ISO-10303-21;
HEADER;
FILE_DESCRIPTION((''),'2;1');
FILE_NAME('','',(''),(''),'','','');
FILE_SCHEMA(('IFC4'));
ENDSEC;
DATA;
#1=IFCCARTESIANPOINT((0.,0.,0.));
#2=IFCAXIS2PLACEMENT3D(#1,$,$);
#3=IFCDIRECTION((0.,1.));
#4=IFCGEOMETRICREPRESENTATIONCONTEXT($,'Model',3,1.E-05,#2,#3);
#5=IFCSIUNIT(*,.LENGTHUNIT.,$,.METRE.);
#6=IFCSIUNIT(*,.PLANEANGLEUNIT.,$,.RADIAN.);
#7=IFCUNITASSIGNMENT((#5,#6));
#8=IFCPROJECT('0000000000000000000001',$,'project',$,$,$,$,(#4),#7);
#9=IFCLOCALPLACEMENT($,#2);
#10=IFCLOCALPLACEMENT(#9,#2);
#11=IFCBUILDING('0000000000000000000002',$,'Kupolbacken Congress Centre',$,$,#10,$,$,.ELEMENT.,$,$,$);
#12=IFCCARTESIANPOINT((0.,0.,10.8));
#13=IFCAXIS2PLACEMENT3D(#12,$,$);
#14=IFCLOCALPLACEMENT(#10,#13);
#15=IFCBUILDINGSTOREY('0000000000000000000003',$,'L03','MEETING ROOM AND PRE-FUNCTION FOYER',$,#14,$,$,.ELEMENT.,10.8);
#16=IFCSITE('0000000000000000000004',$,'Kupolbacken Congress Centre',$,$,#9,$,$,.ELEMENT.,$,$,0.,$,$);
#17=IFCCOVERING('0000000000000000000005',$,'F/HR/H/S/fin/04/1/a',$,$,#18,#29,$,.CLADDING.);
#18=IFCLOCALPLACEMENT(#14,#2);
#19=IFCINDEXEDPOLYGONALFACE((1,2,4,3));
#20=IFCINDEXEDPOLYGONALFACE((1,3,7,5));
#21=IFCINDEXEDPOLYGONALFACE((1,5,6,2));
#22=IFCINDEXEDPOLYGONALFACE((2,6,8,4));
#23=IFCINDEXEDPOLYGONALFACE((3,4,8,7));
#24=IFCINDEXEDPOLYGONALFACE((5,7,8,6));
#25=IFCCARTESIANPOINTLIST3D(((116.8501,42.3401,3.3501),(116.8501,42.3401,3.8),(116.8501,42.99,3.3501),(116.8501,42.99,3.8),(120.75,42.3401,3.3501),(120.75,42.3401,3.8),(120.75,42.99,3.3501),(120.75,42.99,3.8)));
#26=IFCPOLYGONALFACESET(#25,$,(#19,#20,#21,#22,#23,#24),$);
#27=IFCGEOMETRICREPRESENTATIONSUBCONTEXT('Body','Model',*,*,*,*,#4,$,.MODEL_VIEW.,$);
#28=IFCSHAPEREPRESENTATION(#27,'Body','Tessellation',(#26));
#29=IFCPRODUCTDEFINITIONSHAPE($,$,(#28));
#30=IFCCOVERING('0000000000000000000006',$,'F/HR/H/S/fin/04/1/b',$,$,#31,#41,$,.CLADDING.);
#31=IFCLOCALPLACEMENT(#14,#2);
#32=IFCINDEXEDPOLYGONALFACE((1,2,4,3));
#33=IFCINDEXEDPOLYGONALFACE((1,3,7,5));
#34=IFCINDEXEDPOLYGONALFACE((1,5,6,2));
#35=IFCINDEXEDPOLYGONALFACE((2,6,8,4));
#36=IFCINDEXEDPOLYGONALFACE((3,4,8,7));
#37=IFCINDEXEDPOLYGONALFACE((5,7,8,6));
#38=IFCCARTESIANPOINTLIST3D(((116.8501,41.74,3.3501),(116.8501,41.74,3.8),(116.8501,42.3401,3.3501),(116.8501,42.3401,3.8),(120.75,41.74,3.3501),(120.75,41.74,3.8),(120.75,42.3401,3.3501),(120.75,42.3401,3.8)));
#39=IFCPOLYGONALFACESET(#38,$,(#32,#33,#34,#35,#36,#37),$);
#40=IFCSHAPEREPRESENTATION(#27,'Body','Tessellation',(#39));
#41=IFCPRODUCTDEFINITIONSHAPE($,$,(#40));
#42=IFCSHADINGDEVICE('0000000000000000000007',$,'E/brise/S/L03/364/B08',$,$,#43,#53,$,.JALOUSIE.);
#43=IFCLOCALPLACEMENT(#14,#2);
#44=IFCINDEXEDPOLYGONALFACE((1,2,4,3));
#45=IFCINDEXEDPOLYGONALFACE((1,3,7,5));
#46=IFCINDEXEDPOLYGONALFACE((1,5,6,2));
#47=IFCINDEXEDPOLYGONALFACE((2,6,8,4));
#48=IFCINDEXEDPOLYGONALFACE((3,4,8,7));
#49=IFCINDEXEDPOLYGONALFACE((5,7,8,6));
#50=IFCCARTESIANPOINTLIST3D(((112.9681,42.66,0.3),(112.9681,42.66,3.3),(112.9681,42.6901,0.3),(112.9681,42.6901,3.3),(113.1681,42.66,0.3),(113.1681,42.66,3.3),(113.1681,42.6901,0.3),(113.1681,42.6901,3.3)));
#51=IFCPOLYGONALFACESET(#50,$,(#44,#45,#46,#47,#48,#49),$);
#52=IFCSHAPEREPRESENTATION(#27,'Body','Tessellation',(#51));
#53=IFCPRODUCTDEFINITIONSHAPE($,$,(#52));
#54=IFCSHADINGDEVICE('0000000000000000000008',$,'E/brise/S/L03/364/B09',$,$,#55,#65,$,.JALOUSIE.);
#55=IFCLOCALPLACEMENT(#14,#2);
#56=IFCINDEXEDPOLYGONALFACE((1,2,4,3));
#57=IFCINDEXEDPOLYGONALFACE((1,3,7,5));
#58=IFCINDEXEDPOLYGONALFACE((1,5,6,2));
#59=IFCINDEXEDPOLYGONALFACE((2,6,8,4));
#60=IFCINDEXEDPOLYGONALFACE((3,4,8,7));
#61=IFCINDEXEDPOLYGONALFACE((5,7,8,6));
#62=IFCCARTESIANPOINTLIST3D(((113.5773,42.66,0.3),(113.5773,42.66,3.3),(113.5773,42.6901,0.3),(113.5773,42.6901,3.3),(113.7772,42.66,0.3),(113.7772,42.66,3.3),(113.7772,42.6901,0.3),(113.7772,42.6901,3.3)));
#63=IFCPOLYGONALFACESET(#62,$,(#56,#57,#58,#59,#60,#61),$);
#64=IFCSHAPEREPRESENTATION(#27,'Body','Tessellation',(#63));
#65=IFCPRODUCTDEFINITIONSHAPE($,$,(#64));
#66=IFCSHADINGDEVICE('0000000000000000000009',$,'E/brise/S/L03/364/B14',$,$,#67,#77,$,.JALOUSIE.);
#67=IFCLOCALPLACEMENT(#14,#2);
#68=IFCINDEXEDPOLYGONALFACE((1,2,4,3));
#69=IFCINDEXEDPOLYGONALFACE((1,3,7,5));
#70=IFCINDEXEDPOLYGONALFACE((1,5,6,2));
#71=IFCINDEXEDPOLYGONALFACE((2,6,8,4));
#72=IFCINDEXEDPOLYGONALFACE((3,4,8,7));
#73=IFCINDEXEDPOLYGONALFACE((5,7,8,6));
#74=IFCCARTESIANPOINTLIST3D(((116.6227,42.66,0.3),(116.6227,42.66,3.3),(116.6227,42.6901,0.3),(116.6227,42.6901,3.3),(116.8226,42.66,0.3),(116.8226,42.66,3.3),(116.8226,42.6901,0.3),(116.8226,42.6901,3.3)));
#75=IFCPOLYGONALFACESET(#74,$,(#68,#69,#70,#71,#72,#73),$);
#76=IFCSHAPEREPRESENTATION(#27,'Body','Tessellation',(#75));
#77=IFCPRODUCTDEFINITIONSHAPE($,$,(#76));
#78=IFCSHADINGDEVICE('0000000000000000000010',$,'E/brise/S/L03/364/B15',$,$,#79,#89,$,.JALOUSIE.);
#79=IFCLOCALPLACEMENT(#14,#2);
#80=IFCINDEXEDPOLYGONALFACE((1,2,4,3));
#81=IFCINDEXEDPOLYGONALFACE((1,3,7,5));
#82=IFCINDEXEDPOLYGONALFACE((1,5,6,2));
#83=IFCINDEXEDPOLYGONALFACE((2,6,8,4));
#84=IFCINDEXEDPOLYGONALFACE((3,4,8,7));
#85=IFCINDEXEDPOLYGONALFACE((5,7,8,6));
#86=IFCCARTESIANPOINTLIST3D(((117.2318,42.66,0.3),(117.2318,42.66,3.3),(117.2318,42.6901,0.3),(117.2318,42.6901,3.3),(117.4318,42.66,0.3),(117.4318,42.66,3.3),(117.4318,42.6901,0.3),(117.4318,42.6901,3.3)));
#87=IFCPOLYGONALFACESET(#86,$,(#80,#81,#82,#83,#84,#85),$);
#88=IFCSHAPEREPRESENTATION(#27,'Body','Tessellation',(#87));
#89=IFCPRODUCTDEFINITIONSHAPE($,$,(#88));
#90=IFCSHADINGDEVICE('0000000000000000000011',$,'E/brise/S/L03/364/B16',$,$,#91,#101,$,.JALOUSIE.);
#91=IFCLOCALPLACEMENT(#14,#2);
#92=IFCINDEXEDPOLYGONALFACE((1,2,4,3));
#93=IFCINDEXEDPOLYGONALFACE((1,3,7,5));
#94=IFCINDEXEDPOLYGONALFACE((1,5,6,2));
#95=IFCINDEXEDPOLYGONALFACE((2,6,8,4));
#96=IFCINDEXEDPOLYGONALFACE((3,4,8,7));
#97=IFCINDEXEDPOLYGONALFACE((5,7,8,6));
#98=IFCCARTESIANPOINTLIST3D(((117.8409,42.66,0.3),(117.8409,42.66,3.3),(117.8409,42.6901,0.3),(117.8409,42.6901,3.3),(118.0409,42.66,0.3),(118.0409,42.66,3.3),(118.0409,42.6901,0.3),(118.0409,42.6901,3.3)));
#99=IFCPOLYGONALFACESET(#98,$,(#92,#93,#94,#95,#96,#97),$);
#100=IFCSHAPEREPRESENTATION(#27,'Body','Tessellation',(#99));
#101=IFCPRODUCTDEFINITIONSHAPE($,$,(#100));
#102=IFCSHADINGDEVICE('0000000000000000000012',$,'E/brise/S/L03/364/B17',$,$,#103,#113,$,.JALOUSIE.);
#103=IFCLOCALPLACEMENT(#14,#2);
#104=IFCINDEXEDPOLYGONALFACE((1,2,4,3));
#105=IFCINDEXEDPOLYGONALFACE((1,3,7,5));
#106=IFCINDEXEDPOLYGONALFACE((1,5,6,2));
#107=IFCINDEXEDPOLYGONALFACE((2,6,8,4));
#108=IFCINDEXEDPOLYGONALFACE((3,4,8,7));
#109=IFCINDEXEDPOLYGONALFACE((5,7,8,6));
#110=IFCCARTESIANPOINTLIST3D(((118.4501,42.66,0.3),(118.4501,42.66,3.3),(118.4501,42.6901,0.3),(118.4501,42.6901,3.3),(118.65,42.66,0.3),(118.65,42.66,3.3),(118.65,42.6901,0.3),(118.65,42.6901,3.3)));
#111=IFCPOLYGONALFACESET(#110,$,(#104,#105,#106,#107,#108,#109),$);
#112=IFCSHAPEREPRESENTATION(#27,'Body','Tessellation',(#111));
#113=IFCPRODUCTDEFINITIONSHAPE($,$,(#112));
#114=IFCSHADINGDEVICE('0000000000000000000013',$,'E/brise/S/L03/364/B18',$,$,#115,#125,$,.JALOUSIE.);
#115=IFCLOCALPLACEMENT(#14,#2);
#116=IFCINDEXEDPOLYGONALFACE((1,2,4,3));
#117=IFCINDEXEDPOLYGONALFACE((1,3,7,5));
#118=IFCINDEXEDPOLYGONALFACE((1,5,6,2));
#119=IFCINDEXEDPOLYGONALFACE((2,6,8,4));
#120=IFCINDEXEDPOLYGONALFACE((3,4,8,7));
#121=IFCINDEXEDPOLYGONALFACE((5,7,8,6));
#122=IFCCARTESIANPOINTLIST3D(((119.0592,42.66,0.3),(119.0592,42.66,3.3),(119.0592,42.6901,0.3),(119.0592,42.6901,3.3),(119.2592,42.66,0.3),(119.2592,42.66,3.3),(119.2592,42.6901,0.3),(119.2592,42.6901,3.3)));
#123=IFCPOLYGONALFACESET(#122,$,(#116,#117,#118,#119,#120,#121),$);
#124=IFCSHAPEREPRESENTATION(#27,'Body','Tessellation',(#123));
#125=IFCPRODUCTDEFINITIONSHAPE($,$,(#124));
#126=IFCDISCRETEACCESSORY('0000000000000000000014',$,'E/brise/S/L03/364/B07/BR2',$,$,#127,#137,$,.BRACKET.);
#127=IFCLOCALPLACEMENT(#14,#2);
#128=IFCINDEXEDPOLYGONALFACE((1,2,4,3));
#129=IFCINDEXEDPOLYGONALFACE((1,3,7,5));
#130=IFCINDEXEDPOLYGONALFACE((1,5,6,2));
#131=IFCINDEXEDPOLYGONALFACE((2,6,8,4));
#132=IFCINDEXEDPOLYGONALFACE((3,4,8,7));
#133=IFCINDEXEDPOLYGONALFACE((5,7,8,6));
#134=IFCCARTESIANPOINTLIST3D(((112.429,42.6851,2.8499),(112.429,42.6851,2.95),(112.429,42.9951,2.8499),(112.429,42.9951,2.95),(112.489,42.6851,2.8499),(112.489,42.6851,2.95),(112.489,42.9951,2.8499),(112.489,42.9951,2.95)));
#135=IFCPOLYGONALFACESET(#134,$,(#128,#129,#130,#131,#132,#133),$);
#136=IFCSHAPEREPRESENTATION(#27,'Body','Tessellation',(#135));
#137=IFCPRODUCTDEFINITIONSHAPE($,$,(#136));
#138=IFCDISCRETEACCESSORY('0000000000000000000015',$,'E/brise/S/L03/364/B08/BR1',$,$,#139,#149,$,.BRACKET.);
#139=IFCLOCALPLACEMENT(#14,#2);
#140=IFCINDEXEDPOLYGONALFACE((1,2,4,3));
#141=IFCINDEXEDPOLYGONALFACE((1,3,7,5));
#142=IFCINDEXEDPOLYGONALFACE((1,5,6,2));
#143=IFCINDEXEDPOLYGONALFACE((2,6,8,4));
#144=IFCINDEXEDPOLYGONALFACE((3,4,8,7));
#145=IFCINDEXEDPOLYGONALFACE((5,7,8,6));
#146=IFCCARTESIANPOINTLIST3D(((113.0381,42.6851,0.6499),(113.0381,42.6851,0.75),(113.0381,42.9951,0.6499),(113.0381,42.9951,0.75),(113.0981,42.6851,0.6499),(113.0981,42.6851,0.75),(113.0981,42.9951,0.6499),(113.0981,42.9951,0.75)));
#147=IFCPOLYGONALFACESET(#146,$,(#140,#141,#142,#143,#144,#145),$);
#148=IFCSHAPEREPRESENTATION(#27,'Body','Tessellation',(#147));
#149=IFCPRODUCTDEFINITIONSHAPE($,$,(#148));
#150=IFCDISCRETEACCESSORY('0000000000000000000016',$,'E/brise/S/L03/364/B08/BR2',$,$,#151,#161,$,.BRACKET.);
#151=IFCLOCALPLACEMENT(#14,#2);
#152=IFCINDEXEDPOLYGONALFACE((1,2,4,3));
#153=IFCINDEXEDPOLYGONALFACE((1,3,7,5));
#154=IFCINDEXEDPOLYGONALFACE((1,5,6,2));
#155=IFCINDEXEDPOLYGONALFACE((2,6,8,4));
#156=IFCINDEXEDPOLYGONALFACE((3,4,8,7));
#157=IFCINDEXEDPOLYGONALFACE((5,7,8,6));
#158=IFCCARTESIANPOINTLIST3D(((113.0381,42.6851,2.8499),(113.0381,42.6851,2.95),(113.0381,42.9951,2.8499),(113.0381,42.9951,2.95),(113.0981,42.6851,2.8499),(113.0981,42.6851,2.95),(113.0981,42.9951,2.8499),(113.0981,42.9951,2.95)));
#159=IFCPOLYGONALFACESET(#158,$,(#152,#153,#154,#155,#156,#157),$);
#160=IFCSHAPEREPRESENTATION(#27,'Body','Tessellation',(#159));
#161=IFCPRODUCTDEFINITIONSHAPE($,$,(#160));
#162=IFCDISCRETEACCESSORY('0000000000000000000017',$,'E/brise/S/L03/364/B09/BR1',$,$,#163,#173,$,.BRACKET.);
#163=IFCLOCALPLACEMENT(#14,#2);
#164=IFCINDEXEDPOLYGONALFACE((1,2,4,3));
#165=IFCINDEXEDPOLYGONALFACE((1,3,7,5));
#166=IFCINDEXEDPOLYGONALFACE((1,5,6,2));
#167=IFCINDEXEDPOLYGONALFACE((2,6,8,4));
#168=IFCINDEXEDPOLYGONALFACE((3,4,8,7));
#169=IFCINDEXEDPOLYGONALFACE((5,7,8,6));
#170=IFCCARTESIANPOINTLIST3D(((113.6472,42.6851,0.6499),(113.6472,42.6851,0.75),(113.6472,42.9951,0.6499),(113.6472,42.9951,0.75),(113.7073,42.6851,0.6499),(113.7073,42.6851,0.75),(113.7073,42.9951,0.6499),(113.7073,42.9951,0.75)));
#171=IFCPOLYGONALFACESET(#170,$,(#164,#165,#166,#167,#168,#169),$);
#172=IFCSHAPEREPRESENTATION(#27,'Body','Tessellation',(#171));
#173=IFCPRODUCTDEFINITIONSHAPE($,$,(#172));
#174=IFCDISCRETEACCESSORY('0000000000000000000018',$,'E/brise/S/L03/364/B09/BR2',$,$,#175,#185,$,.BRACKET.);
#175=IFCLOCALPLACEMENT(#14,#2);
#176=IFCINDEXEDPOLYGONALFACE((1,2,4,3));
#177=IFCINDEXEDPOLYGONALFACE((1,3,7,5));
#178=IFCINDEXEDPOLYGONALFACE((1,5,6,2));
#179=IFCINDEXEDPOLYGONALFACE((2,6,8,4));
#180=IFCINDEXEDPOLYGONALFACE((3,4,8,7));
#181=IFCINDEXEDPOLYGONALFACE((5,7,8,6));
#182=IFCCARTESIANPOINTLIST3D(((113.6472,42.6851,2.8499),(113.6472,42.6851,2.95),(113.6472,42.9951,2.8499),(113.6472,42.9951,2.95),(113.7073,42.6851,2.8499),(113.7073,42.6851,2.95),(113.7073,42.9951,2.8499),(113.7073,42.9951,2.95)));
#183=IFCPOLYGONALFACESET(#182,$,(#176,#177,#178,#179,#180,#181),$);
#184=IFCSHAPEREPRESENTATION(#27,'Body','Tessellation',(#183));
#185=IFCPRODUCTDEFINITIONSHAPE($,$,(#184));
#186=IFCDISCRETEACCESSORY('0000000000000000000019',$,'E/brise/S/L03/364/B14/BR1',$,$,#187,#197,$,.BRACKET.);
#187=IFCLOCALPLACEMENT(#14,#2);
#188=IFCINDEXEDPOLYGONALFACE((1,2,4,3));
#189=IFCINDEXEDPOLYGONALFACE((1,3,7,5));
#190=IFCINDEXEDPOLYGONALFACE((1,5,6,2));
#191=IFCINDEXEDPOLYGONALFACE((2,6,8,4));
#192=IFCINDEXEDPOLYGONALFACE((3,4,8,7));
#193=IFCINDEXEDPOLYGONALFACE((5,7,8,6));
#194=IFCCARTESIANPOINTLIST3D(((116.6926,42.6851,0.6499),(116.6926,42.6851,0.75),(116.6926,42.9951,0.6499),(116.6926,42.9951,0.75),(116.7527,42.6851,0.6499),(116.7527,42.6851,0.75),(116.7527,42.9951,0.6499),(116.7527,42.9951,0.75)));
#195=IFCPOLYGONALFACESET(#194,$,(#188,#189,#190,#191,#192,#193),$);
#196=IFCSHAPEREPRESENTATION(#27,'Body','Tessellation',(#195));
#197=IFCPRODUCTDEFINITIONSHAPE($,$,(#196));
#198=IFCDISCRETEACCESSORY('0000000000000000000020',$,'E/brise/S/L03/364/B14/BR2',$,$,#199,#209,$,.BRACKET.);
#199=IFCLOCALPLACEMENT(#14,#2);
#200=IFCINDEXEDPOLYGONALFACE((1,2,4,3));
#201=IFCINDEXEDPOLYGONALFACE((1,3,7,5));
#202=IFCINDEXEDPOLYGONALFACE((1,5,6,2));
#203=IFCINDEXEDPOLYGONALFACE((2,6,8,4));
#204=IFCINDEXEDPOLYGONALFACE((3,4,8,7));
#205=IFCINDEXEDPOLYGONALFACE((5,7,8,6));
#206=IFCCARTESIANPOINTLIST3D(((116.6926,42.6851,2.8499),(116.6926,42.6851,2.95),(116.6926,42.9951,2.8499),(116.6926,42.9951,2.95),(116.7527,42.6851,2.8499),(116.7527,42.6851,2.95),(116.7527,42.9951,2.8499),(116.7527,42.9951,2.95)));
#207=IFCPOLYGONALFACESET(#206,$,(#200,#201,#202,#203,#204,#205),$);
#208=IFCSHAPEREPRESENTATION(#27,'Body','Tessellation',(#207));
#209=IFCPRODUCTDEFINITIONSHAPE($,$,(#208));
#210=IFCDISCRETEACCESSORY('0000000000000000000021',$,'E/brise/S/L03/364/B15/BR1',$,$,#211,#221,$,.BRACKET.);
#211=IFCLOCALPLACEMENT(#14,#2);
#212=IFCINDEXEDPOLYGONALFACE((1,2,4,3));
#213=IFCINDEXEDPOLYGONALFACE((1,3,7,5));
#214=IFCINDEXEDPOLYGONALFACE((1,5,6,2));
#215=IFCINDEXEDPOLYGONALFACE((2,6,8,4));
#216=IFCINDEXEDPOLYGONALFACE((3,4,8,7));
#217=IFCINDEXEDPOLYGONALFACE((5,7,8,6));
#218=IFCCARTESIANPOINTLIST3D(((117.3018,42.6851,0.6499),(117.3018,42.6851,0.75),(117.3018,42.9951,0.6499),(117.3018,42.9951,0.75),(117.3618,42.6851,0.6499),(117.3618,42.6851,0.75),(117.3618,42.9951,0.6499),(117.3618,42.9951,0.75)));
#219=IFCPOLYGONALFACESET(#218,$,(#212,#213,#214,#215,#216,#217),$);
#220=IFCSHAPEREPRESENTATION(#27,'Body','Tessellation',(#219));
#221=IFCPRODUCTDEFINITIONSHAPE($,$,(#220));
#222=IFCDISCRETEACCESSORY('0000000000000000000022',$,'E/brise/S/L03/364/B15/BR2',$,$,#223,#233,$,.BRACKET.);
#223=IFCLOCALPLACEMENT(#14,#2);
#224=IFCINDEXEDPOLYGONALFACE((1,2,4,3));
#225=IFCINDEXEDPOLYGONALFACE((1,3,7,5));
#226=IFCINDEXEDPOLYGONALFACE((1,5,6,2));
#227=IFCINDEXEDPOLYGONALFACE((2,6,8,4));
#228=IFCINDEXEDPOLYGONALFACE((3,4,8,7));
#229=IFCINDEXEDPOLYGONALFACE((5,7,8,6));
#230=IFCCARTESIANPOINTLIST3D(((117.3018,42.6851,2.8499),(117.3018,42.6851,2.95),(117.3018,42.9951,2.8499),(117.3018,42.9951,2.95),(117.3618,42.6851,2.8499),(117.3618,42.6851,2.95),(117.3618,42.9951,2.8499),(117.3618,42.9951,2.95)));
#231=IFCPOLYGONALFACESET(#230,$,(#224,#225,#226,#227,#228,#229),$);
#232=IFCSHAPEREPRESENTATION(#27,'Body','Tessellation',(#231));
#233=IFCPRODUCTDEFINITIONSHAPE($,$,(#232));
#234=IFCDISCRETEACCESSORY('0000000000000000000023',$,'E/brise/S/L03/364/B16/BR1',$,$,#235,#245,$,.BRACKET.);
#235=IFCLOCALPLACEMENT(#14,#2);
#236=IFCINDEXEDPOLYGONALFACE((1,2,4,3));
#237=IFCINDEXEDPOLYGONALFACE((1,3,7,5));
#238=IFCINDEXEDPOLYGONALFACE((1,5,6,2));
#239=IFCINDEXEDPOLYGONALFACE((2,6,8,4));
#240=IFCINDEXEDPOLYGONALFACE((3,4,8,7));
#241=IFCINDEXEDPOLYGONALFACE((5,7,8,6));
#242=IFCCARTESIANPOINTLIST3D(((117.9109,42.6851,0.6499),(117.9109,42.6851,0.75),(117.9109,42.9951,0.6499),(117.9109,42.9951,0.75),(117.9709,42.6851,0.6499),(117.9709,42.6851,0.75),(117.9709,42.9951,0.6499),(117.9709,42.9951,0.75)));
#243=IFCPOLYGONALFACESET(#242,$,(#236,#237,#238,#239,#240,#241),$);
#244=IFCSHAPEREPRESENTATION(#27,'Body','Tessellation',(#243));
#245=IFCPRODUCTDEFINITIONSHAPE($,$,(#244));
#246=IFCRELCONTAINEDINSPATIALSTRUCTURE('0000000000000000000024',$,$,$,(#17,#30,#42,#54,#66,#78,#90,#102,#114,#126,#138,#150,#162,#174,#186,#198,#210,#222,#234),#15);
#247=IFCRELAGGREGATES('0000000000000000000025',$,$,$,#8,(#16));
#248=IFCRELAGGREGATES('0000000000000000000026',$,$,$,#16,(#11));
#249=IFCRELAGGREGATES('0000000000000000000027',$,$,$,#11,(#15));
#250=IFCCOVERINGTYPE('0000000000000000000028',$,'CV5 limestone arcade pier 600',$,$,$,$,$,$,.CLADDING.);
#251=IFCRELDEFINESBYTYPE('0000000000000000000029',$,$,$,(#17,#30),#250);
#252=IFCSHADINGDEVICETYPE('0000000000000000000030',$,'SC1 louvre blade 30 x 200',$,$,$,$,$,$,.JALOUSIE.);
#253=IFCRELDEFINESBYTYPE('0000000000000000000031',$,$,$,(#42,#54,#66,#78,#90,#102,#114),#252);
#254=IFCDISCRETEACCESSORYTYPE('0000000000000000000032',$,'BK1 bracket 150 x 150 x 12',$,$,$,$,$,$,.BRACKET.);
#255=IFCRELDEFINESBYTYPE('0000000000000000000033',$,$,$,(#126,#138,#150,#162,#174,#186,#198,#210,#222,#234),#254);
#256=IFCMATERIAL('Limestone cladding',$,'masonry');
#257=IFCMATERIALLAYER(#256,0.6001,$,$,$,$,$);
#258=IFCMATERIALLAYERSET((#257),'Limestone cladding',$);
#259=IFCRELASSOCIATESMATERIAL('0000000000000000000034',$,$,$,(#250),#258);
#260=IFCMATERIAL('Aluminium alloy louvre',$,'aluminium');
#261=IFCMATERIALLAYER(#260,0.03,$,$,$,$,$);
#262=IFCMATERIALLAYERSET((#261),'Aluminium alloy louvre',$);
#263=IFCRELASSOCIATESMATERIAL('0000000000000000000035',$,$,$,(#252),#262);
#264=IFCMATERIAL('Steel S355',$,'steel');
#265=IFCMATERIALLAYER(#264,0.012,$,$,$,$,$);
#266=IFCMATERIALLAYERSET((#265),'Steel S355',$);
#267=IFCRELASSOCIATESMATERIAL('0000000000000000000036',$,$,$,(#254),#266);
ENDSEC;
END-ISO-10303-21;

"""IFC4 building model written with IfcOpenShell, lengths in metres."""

from ifc_helpers import new_model, si_unit, direction, frame, origin, origin_2d, place, context, subcontext, project, spatial, rectangle, extrude, material, layer, layer_set, type_object, element, save


model = new_model("IFC4")

# Units and contexts
model_context = context("Model", 3, precision=1e-05, world=origin(), true_north=direction((0.0, 1.0)))
body_context = subcontext(model_context, "Body", "Model", "MODEL_VIEW")
ifc_project = project(units=[si_unit("LENGTHUNIT", "METRE"), si_unit("PLANEANGLEUNIT", "RADIAN")], contexts=[model_context])

# Site, building, storey
site_placement = place(None, origin())
site = spatial("IfcSite", under=ifc_project, at=site_placement, Name="Kupolbacken Congress Centre", CompositionType="ELEMENT", RefElevation=0.0)
building_placement = place(site_placement, origin())
building = spatial("IfcBuilding", under=site, at=building_placement, Name="Kupolbacken Congress Centre", CompositionType="ELEMENT")
storey_placement = place(building_placement, frame((0.0, 0.0, 10.8)))
storey = spatial("IfcBuildingStorey", under=building, at=storey_placement, Name="L03", Description="MEETING ROOM AND PRE-FUNCTION FOYER", CompositionType="ELEMENT", Elevation=10.8)

# Coverings
ifc_material_1 = material(Name="Limestone cladding", Category="masonry")
ifc_layer_1 = layer(ifc_material_1, 0.6001)
ifc_layer_set_1 = layer_set([ifc_layer_1], Name="Limestone cladding")
covering_type = type_object("IfcCoveringType", Name="CV5 limestone arcade pier 600", PredefinedType="CLADDING", material=ifc_layer_set_1)
covering_1_placement = place(storey_placement, frame((118.8, 42.665, 3.3501), z_axis=(0.0, 0.0, 1.0), x_axis=(1.0, 0.0, 0.0)))
element("IfcCovering", 1, at=covering_1_placement, inside=storey, type_object=covering_type, Name="F/HR/H/S/fin/04/1/a", PredefinedType="CLADDING", context=body_context, shape_type="SweptSolid", body=[
    extrude(rectangle(XDim=3.8999, YDim=0.6499, at=origin_2d()), origin(), (0.0, 0.0, 1.0), 0.45),
])
covering_2_placement = place(storey_placement, frame((118.8, 42.04, 3.3501), z_axis=(0.0, 0.0, 1.0), x_axis=(1.0, 0.0, 0.0)))
element("IfcCovering", 2, at=covering_2_placement, inside=storey, type_object=covering_type, Name="F/HR/H/S/fin/04/1/b", PredefinedType="CLADDING", context=body_context, shape_type="SweptSolid", body=[
    extrude(rectangle(XDim=3.8999, YDim=0.6001, at=origin_2d()), origin(), (0.0, 0.0, 1.0), 0.45),
])

# Shading devices
ifc_material_2 = material(Name="Aluminium alloy louvre", Category="aluminium")
ifc_layer_2 = layer(ifc_material_2, 0.03)
ifc_layer_set_2 = layer_set([ifc_layer_2], Name="Aluminium alloy louvre")
shading_device_type = type_object("IfcShadingDeviceType", Name="SC1 louvre blade 30 x 200", PredefinedType="JALOUSIE", material=ifc_layer_set_2)
for number, where, z_axis, x_axis, name in (
    (3, (113.0681, 42.675, 0.3), (0.0, 0.0, 1.0), (1.0, 0.0, 0.0), "E/brise/S/L03/364/B08"),
    (4, (113.6772, 42.675, 0.3), (0.0, 0.0, 1.0), (1.0, 0.0, 0.0), "E/brise/S/L03/364/B09"),
    (5, (116.7227, 42.675, 0.3), (0.0, 0.0, 1.0), (1.0, 0.0, 0.0), "E/brise/S/L03/364/B14"),
    (6, (117.3318, 42.675, 0.3), (0.0, 0.0, 1.0), (1.0, 0.0, 0.0), "E/brise/S/L03/364/B15"),
    (7, (117.9409, 42.675, 0.3), (0.0, 0.0, 1.0), (1.0, 0.0, 0.0), "E/brise/S/L03/364/B16"),
    (8, (118.55, 42.675, 0.3), (0.0, 0.0, 1.0), (1.0, 0.0, 0.0), "E/brise/S/L03/364/B17"),
    (9, (119.1592, 42.675, 0.3), (0.0, 0.0, 1.0), (1.0, 0.0, 0.0), "E/brise/S/L03/364/B18"),
):
    element("IfcShadingDevice", number, at=place(storey_placement, frame(where, z_axis=z_axis, x_axis=x_axis)), inside=storey, type_object=shading_device_type, Name=name, PredefinedType="JALOUSIE", context=body_context, shape_type="SweptSolid", body=[
        extrude(rectangle(XDim=0.2, YDim=0.03, at=origin_2d()), origin(), (0.0, 0.0, 1.0), 3.0),
    ])

# Discrete accessories
ifc_material_3 = material(Name="Steel S355", Category="steel")
ifc_layer_3 = layer(ifc_material_3, 0.012)
ifc_layer_set_3 = layer_set([ifc_layer_3], Name="Steel S355")
discrete_accessory_type = type_object("IfcDiscreteAccessoryType", Name="BK1 bracket 150 x 150 x 12", PredefinedType="BRACKET", material=ifc_layer_set_3)
for number, where, z_axis, x_axis, name in (
    (10, (112.459, 42.8401, 2.8499), (0.0, 0.0, 1.0), (1.0, 0.0, 0.0), "E/brise/S/L03/364/B07/BR2"),
    (11, (113.0681, 42.8401, 0.6499), (0.0, 0.0, 1.0), (1.0, 0.0, 0.0), "E/brise/S/L03/364/B08/BR1"),
    (12, (113.0681, 42.8401, 2.8499), (0.0, 0.0, 1.0), (1.0, 0.0, 0.0), "E/brise/S/L03/364/B08/BR2"),
    (13, (113.6772, 42.8401, 0.6499), (0.0, 0.0, 1.0), (1.0, 0.0, 0.0), "E/brise/S/L03/364/B09/BR1"),
    (14, (113.6772, 42.8401, 2.8499), (0.0, 0.0, 1.0), (1.0, 0.0, 0.0), "E/brise/S/L03/364/B09/BR2"),
    (15, (116.7227, 42.8401, 0.6499), (0.0, 0.0, 1.0), (1.0, 0.0, 0.0), "E/brise/S/L03/364/B14/BR1"),
    (16, (116.7227, 42.8401, 2.8499), (0.0, 0.0, 1.0), (1.0, 0.0, 0.0), "E/brise/S/L03/364/B14/BR2"),
    (17, (117.3318, 42.8401, 0.6499), (0.0, 0.0, 1.0), (1.0, 0.0, 0.0), "E/brise/S/L03/364/B15/BR1"),
    (18, (117.3318, 42.8401, 2.8499), (0.0, 0.0, 1.0), (1.0, 0.0, 0.0), "E/brise/S/L03/364/B15/BR2"),
    (19, (117.9409, 42.8401, 0.6499), (0.0, 0.0, 1.0), (1.0, 0.0, 0.0), "E/brise/S/L03/364/B16/BR1"),
):
    element("IfcDiscreteAccessory", number, at=place(storey_placement, frame(where, z_axis=z_axis, x_axis=x_axis)), inside=storey, type_object=discrete_accessory_type, Name=name, PredefinedType="BRACKET", context=body_context, shape_type="SweptSolid", body=[
        extrude(rectangle(XDim=0.0601, YDim=0.3101, at=origin_2d()), origin(), (0.0, 0.0, 1.0), 0.1001),
    ])

save(model, "model.ifc")
